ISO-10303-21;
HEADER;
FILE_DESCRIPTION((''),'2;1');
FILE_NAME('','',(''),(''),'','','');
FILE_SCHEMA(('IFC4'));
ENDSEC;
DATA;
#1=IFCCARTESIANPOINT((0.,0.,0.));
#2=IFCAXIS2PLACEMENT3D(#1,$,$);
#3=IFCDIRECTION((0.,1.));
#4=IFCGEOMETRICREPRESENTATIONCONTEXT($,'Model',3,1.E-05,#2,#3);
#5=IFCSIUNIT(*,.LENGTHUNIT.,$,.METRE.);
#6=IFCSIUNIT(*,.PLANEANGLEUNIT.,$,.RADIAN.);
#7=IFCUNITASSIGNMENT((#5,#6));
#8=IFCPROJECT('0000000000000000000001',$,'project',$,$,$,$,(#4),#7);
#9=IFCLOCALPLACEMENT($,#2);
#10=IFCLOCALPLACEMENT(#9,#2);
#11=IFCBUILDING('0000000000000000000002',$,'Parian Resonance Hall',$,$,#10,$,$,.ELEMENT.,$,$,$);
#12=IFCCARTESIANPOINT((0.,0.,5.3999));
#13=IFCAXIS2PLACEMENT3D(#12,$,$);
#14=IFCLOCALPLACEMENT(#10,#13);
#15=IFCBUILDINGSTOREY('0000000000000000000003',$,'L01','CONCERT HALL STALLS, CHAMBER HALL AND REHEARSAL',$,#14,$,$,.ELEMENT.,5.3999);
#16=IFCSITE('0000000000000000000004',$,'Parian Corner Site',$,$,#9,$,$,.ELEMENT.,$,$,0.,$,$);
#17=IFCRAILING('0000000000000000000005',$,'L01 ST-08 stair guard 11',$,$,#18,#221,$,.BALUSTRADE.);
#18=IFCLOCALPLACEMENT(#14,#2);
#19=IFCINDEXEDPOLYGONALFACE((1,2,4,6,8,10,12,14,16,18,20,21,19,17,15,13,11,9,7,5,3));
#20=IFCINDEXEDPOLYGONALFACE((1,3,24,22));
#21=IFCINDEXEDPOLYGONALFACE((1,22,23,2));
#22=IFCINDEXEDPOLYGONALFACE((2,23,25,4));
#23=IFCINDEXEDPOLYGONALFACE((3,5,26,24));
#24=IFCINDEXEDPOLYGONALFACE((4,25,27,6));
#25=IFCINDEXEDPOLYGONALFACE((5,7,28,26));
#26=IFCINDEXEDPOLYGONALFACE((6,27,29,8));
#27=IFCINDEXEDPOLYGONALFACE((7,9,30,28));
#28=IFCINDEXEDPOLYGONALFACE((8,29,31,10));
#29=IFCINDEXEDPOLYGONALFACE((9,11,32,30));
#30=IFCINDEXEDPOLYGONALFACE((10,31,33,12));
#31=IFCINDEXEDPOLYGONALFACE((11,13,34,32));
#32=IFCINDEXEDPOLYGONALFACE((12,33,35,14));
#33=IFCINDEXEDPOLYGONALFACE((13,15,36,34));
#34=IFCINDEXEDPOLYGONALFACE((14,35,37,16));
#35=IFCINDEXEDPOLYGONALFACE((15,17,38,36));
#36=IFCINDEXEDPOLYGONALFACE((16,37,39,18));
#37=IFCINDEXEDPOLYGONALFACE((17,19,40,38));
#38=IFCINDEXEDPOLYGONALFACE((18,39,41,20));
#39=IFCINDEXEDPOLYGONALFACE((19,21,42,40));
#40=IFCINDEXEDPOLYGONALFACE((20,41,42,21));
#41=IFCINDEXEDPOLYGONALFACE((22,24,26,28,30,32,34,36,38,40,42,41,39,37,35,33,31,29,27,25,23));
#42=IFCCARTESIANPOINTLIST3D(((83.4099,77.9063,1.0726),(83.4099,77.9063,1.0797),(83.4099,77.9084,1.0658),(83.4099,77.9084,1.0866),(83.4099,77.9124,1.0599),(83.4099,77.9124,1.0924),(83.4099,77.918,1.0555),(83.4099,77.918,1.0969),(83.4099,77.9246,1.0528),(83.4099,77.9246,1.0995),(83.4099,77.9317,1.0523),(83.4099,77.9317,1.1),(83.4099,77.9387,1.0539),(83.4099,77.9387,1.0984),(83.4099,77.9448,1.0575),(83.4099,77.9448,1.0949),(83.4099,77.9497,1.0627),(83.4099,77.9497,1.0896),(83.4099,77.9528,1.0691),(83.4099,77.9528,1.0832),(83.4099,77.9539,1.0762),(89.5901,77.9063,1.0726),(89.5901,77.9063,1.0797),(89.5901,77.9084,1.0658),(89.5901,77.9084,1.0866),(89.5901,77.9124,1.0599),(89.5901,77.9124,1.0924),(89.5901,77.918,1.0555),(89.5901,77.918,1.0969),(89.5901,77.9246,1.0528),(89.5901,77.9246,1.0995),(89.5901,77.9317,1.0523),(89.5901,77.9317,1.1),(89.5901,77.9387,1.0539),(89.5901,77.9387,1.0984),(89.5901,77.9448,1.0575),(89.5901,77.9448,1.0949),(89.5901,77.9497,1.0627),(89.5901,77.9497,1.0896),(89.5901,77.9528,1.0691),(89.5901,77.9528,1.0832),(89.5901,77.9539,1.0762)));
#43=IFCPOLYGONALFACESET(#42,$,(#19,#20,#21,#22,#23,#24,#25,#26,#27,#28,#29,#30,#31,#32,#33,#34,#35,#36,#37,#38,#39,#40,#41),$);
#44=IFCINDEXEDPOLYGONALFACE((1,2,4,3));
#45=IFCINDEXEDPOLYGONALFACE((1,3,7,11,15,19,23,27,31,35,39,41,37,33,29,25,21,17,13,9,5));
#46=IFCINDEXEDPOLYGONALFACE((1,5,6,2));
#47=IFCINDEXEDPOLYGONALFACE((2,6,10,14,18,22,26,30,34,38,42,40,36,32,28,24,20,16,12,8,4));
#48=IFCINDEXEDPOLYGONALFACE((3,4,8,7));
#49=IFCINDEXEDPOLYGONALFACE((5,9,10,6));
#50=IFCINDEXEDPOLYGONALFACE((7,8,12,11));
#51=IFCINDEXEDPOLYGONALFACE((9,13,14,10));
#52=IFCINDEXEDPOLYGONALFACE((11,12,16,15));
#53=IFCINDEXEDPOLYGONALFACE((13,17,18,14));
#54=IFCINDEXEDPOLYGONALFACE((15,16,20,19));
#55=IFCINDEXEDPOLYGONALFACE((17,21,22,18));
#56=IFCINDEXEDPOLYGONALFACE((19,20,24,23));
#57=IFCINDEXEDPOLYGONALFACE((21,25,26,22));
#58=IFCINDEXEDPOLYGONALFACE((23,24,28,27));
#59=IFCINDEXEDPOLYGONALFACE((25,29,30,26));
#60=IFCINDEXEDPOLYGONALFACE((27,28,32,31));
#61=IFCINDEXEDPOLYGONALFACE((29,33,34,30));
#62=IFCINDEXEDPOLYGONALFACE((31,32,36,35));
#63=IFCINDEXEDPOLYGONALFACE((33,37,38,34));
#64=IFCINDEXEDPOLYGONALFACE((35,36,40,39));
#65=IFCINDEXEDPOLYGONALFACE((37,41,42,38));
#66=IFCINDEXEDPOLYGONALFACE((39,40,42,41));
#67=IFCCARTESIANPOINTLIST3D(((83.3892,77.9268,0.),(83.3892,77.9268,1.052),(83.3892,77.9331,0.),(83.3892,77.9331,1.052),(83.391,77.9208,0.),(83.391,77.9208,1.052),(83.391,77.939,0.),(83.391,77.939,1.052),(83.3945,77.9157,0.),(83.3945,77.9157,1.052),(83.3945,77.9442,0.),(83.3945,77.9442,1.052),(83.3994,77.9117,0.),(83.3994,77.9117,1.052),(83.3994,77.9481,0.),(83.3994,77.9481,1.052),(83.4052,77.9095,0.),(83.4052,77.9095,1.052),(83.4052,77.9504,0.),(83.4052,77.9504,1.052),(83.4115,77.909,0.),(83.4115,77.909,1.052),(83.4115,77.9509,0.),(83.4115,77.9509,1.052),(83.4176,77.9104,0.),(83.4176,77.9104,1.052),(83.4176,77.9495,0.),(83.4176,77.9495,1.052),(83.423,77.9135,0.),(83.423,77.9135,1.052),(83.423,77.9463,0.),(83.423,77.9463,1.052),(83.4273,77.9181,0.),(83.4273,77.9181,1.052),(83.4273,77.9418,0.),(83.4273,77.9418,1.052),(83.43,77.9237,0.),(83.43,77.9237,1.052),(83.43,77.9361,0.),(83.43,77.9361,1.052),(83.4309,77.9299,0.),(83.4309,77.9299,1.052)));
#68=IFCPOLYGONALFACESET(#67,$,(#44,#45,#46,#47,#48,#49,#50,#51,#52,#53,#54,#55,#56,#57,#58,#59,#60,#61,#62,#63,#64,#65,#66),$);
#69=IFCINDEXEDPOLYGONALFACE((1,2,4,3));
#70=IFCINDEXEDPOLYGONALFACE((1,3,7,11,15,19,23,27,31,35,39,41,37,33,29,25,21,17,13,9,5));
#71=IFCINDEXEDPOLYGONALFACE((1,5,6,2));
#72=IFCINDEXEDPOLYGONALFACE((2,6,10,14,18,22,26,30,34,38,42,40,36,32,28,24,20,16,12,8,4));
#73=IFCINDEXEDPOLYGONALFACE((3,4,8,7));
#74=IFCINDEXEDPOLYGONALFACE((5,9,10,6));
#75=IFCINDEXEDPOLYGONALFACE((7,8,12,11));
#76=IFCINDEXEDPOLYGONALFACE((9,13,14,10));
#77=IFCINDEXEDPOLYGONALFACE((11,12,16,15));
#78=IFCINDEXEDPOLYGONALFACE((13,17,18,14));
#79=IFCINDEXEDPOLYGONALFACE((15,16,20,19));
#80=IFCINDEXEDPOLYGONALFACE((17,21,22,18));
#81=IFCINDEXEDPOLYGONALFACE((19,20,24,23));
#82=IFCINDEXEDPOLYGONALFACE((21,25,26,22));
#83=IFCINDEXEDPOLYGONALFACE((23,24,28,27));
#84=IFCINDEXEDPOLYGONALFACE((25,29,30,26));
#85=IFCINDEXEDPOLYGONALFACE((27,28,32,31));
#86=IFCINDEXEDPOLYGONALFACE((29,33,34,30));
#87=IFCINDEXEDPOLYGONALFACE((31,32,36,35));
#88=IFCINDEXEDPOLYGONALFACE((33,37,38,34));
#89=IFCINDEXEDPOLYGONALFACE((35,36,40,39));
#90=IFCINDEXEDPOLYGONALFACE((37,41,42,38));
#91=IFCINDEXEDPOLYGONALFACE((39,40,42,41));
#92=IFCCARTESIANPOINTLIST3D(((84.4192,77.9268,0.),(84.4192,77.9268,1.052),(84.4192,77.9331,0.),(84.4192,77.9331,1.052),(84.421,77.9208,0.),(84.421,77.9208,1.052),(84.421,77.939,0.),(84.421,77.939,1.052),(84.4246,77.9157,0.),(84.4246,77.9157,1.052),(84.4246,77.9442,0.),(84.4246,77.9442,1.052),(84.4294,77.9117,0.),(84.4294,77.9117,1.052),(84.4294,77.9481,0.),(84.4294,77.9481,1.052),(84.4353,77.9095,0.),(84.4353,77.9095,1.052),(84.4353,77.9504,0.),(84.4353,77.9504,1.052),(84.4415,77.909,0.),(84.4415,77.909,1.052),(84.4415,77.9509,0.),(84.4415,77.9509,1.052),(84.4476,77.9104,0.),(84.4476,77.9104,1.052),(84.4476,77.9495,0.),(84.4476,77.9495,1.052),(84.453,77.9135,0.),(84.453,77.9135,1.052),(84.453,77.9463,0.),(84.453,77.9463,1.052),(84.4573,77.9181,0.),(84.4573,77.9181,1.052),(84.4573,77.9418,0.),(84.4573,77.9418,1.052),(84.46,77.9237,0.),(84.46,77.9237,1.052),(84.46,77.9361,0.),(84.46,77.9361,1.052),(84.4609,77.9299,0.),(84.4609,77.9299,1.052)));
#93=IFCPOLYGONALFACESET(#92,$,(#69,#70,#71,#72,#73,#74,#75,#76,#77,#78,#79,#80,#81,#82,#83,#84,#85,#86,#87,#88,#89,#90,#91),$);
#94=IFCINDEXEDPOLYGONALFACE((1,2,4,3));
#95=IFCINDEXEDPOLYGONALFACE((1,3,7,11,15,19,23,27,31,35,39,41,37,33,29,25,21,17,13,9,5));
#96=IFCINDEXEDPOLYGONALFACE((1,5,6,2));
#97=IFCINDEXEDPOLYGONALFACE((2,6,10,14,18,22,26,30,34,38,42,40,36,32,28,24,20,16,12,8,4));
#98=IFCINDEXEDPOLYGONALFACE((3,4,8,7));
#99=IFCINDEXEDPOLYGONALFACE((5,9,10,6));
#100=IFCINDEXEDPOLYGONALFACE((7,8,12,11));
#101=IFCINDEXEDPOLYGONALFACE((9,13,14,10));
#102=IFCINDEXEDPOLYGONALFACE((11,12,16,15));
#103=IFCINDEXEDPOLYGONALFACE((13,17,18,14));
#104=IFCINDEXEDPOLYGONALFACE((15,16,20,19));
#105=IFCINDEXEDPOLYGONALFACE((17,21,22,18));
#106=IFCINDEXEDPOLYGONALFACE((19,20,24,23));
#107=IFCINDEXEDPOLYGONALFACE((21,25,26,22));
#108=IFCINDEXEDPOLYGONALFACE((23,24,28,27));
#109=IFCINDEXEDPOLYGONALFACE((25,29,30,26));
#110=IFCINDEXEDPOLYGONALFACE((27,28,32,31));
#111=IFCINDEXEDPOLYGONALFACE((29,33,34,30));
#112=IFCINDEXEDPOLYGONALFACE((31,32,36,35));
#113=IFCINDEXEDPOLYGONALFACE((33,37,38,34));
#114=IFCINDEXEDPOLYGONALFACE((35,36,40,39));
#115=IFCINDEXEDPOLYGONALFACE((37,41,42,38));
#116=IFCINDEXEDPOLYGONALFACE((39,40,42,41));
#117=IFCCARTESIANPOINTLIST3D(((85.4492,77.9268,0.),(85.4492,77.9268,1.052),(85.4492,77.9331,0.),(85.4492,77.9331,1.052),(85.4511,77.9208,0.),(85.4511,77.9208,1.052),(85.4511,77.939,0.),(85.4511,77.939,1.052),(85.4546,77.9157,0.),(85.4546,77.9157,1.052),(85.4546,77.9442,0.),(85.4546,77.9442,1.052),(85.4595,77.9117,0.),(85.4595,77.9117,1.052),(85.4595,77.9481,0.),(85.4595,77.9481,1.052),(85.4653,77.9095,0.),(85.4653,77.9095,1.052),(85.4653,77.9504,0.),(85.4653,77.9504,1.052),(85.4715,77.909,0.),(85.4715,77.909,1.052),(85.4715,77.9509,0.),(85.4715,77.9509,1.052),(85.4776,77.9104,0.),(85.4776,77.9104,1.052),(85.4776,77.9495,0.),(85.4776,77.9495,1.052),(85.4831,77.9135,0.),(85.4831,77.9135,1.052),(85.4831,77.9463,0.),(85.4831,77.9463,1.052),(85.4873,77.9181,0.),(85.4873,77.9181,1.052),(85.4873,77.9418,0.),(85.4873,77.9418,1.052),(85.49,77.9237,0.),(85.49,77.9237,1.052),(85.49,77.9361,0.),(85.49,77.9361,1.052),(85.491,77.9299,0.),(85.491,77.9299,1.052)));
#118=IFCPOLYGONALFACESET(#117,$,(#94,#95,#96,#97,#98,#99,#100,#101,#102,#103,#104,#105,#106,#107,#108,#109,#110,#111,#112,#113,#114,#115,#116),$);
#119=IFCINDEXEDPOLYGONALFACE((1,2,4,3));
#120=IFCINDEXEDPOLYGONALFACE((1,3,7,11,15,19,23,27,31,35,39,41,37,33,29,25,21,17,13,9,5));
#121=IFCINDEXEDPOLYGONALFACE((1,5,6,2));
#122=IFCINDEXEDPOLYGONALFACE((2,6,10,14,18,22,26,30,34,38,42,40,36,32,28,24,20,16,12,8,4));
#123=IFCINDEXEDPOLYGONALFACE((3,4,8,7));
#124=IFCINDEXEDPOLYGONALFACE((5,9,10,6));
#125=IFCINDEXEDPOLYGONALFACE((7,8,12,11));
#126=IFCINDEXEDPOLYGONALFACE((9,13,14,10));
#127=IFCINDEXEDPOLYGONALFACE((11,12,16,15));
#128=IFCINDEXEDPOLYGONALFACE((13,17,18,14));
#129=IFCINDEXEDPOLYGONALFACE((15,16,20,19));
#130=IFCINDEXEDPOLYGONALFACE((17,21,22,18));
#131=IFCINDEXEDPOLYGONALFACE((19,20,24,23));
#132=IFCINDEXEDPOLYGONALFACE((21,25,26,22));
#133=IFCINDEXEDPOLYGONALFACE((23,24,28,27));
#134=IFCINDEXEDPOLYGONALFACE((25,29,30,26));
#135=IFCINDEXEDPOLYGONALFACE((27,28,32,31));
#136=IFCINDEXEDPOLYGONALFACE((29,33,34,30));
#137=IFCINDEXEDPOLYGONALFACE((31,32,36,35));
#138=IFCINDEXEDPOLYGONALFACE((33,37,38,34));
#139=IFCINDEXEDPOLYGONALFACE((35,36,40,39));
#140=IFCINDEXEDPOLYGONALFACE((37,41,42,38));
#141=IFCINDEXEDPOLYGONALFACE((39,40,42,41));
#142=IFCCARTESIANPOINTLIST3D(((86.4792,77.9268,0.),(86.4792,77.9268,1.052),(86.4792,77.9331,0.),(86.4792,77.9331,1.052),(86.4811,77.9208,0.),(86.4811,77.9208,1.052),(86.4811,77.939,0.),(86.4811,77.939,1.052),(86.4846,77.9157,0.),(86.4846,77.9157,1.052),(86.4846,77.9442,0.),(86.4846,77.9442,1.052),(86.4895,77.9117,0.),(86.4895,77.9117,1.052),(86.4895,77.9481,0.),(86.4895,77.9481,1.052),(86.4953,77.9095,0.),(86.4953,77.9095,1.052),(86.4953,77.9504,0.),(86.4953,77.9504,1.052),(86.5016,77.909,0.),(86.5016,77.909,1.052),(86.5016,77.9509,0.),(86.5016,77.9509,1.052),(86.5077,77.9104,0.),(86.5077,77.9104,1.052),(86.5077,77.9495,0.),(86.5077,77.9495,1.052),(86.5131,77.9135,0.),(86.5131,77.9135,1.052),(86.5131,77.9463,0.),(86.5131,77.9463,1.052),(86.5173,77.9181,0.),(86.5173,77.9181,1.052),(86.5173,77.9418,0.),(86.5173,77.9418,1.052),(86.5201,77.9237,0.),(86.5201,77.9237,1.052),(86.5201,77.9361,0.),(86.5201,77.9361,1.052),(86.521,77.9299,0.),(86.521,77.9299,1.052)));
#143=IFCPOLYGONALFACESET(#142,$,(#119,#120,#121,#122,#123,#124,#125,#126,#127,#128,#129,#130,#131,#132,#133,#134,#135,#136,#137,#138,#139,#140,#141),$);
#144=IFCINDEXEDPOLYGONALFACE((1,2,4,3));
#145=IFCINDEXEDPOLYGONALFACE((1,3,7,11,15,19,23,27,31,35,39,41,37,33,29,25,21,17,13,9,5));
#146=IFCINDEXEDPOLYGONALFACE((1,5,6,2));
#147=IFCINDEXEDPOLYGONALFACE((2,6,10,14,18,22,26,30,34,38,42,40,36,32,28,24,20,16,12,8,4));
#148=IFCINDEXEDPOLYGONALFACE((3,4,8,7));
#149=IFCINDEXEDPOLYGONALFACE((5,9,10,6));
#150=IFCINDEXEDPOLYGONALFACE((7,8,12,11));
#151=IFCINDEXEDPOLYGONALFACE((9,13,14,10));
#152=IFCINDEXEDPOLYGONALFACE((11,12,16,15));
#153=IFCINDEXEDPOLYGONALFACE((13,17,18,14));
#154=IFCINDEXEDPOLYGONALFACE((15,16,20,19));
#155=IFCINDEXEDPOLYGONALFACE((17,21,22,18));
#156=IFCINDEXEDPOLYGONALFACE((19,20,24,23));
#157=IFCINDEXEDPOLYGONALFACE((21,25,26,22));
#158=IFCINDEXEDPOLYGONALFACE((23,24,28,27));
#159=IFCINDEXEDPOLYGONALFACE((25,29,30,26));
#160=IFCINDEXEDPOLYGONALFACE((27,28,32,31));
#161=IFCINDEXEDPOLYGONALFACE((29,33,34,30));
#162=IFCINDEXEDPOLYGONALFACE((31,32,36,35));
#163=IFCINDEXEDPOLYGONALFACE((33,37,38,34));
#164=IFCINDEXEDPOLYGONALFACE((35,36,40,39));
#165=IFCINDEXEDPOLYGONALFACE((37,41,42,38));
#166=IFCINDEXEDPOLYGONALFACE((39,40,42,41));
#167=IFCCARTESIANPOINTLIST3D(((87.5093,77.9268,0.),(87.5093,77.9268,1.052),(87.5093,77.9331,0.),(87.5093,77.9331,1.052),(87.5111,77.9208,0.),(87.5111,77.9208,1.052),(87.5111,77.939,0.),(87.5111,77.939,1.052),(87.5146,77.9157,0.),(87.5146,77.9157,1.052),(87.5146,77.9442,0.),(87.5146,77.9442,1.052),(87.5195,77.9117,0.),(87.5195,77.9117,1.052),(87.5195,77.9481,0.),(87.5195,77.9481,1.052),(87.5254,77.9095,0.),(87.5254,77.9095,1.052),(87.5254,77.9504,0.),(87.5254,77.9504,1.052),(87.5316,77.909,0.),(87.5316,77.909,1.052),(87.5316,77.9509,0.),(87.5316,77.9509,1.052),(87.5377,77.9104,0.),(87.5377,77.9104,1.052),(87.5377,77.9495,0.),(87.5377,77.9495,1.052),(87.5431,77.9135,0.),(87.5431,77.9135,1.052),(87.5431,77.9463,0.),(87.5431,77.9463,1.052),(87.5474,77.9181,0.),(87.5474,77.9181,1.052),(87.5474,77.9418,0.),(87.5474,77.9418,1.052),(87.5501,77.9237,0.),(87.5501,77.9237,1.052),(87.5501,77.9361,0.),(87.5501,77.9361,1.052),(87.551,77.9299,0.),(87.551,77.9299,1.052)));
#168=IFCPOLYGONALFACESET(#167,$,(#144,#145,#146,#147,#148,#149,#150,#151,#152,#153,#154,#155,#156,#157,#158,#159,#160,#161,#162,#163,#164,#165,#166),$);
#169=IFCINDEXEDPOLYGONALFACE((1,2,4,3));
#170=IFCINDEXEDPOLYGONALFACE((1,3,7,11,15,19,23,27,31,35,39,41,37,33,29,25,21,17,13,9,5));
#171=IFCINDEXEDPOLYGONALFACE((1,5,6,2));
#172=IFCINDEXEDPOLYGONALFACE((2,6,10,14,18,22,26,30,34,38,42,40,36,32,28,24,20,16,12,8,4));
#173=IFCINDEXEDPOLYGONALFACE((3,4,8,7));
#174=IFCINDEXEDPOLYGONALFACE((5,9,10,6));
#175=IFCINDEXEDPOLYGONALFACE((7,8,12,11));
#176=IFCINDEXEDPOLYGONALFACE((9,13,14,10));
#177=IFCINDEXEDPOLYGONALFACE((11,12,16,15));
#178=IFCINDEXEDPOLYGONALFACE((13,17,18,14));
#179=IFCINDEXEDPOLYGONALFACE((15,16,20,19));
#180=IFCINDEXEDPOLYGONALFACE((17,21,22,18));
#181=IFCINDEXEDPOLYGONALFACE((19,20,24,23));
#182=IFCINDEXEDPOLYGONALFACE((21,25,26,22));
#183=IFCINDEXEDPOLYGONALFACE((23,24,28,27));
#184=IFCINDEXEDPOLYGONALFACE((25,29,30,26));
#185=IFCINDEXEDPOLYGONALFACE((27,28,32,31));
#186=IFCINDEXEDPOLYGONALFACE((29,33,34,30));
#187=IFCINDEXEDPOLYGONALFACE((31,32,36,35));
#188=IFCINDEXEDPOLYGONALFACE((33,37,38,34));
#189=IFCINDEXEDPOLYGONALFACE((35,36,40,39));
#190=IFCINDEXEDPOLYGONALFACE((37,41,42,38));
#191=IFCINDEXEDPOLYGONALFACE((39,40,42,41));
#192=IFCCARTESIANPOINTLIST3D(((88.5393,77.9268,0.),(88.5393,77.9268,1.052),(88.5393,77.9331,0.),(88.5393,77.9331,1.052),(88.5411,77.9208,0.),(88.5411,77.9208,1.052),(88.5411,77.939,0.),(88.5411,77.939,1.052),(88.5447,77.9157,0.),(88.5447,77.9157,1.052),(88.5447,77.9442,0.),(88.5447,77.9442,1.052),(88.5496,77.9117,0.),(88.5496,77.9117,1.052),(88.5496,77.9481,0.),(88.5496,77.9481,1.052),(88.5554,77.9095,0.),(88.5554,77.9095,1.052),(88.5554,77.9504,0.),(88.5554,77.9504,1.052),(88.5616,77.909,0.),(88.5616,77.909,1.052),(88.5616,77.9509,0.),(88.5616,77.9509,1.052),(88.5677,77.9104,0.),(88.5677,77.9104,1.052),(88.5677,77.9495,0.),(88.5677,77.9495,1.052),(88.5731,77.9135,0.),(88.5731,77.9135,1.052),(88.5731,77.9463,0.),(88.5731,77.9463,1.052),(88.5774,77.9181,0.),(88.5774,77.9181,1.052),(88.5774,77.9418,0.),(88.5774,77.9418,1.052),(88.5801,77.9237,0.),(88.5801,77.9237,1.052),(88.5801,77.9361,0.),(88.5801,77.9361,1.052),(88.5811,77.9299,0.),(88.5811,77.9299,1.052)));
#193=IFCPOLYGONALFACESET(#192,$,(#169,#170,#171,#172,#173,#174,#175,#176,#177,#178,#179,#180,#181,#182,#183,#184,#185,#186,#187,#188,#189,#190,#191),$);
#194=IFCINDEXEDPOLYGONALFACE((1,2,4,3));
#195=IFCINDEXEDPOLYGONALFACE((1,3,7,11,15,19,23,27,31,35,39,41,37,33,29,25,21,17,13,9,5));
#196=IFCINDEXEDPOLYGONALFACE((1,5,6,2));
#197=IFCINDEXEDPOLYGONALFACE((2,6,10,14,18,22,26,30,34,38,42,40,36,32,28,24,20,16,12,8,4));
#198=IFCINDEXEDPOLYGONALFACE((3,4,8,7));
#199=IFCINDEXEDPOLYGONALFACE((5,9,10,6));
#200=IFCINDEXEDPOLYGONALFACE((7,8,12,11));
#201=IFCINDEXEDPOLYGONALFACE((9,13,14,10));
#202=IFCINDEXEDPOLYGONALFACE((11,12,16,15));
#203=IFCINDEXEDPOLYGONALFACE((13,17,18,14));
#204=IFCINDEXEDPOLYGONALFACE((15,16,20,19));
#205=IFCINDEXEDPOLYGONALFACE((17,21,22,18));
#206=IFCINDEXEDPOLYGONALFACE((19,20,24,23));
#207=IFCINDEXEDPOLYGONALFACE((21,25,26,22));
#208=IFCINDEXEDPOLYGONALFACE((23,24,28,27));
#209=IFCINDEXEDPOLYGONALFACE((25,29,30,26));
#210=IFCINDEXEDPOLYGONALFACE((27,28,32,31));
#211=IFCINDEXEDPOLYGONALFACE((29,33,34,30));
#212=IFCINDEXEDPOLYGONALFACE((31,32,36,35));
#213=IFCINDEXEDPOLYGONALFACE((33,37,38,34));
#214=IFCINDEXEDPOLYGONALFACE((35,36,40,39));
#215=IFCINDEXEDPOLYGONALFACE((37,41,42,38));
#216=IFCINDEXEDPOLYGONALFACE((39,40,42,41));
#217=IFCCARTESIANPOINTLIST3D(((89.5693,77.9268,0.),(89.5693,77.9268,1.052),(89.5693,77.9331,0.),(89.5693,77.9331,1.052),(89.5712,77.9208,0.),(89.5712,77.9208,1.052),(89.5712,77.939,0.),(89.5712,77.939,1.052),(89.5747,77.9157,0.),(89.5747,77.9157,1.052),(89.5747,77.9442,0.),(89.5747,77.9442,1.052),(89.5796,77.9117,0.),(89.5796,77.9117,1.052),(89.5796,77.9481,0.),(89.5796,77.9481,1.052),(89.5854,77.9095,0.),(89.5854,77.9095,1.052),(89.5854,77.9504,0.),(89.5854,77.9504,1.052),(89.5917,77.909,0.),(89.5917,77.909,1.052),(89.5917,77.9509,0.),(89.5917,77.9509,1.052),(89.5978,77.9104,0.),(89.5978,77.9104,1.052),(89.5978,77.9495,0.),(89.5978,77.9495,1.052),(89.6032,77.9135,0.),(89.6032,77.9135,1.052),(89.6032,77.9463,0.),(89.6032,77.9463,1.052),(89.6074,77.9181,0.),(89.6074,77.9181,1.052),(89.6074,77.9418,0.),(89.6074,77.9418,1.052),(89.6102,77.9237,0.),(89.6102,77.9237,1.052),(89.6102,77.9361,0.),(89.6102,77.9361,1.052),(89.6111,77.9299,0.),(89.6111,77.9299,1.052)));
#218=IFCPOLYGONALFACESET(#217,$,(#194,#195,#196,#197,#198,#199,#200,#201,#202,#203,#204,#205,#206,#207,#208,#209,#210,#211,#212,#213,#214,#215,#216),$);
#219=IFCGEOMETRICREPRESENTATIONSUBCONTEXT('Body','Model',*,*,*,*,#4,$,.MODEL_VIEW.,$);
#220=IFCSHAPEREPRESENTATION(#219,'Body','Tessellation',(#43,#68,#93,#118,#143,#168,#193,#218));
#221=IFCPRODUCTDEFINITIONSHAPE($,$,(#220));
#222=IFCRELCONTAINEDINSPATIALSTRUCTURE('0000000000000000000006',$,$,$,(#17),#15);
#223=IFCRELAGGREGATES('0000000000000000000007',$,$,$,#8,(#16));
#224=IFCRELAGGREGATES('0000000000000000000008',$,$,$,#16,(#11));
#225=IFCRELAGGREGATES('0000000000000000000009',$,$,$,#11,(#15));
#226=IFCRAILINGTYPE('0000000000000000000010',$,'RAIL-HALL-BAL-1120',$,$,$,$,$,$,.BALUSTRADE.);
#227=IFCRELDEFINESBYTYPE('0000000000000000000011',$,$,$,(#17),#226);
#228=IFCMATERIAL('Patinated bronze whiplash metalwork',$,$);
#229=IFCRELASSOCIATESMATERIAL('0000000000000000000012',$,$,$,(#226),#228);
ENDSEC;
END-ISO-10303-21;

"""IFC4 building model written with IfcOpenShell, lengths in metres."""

from ifc_helpers import new_model, si_unit, direction, frame, origin, origin_2d, place, context, subcontext, project, spatial, circle, extrude, material, type_object, element, save


model = new_model("IFC4")

# Units and contexts
model_context = context("Model", 3, precision=1e-05, world=origin(), true_north=direction((0.0, 1.0)))
body_context = subcontext(model_context, "Body", "Model", "MODEL_VIEW")
ifc_project = project(units=[si_unit("LENGTHUNIT", "METRE"), si_unit("PLANEANGLEUNIT", "RADIAN")], contexts=[model_context])

# Site, building, storey
site_placement = place(None, origin())
site = spatial("IfcSite", under=ifc_project, at=site_placement, Name="Parian Corner Site", CompositionType="ELEMENT", RefElevation=0.0)
building_placement = place(site_placement, origin())
building = spatial("IfcBuilding", under=site, at=building_placement, Name="Parian Resonance Hall", CompositionType="ELEMENT")
storey_placement = place(building_placement, frame((0.0, 0.0, 5.3999)))
storey = spatial("IfcBuildingStorey", under=building, at=storey_placement, Name="L01", Description="CONCERT HALL STALLS, CHAMBER HALL AND REHEARSAL", CompositionType="ELEMENT", Elevation=5.3999)

# Railing
ifc_material_1 = material(Name="Patinated bronze whiplash metalwork")
railing_type_1 = type_object("IfcRailingType", Name="RAIL-HALL-BAL-1120", PredefinedType="BALUSTRADE", material=ifc_material_1)
railing_1_placement = place(storey_placement, frame((83.4099, 77.9299, 0.0)))
element("IfcRailing", 1, at=railing_1_placement, inside=storey, type_object=railing_type_1, Name="L01 ST-08 stair guard 11", PredefinedType="BALUSTRADE", context=body_context, shape_type="SweptSolid", body=[
    extrude(circle(Radius=0.0239, at=origin_2d()), frame((0.0, 0.0, 1.0762), z_axis=(1.0, 0.0, 0.0), x_axis=(0.0, 1.0, 0.0)), (0.0, 0.0, 1.0), 6.1802),
    extrude(circle(Radius=0.021, at=origin_2d()), origin(), (0.0, 0.0, 1.0), 1.052),
    extrude(circle(Radius=0.021, at=origin_2d()), frame((1.03, 0.0, 0.0)), (0.0, 0.0, 1.0), 1.052),
    extrude(circle(Radius=0.021, at=origin_2d()), frame((2.0601, 0.0, 0.0)), (0.0, 0.0, 1.0), 1.052),
    extrude(circle(Radius=0.021, at=origin_2d()), frame((3.0901, 0.0, 0.0)), (0.0, 0.0, 1.0), 1.052),
    extrude(circle(Radius=0.021, at=origin_2d()), frame((4.1201, 0.0, 0.0)), (0.0, 0.0, 1.0), 1.052),
    extrude(circle(Radius=0.021, at=origin_2d()), frame((5.1501, 0.0, 0.0)), (0.0, 0.0, 1.0), 1.052),
    extrude(circle(Radius=0.021, at=origin_2d()), frame((6.1802, 0.0, 0.0)), (0.0, 0.0, 1.0), 1.052),
])

save(model, "model.ifc")
